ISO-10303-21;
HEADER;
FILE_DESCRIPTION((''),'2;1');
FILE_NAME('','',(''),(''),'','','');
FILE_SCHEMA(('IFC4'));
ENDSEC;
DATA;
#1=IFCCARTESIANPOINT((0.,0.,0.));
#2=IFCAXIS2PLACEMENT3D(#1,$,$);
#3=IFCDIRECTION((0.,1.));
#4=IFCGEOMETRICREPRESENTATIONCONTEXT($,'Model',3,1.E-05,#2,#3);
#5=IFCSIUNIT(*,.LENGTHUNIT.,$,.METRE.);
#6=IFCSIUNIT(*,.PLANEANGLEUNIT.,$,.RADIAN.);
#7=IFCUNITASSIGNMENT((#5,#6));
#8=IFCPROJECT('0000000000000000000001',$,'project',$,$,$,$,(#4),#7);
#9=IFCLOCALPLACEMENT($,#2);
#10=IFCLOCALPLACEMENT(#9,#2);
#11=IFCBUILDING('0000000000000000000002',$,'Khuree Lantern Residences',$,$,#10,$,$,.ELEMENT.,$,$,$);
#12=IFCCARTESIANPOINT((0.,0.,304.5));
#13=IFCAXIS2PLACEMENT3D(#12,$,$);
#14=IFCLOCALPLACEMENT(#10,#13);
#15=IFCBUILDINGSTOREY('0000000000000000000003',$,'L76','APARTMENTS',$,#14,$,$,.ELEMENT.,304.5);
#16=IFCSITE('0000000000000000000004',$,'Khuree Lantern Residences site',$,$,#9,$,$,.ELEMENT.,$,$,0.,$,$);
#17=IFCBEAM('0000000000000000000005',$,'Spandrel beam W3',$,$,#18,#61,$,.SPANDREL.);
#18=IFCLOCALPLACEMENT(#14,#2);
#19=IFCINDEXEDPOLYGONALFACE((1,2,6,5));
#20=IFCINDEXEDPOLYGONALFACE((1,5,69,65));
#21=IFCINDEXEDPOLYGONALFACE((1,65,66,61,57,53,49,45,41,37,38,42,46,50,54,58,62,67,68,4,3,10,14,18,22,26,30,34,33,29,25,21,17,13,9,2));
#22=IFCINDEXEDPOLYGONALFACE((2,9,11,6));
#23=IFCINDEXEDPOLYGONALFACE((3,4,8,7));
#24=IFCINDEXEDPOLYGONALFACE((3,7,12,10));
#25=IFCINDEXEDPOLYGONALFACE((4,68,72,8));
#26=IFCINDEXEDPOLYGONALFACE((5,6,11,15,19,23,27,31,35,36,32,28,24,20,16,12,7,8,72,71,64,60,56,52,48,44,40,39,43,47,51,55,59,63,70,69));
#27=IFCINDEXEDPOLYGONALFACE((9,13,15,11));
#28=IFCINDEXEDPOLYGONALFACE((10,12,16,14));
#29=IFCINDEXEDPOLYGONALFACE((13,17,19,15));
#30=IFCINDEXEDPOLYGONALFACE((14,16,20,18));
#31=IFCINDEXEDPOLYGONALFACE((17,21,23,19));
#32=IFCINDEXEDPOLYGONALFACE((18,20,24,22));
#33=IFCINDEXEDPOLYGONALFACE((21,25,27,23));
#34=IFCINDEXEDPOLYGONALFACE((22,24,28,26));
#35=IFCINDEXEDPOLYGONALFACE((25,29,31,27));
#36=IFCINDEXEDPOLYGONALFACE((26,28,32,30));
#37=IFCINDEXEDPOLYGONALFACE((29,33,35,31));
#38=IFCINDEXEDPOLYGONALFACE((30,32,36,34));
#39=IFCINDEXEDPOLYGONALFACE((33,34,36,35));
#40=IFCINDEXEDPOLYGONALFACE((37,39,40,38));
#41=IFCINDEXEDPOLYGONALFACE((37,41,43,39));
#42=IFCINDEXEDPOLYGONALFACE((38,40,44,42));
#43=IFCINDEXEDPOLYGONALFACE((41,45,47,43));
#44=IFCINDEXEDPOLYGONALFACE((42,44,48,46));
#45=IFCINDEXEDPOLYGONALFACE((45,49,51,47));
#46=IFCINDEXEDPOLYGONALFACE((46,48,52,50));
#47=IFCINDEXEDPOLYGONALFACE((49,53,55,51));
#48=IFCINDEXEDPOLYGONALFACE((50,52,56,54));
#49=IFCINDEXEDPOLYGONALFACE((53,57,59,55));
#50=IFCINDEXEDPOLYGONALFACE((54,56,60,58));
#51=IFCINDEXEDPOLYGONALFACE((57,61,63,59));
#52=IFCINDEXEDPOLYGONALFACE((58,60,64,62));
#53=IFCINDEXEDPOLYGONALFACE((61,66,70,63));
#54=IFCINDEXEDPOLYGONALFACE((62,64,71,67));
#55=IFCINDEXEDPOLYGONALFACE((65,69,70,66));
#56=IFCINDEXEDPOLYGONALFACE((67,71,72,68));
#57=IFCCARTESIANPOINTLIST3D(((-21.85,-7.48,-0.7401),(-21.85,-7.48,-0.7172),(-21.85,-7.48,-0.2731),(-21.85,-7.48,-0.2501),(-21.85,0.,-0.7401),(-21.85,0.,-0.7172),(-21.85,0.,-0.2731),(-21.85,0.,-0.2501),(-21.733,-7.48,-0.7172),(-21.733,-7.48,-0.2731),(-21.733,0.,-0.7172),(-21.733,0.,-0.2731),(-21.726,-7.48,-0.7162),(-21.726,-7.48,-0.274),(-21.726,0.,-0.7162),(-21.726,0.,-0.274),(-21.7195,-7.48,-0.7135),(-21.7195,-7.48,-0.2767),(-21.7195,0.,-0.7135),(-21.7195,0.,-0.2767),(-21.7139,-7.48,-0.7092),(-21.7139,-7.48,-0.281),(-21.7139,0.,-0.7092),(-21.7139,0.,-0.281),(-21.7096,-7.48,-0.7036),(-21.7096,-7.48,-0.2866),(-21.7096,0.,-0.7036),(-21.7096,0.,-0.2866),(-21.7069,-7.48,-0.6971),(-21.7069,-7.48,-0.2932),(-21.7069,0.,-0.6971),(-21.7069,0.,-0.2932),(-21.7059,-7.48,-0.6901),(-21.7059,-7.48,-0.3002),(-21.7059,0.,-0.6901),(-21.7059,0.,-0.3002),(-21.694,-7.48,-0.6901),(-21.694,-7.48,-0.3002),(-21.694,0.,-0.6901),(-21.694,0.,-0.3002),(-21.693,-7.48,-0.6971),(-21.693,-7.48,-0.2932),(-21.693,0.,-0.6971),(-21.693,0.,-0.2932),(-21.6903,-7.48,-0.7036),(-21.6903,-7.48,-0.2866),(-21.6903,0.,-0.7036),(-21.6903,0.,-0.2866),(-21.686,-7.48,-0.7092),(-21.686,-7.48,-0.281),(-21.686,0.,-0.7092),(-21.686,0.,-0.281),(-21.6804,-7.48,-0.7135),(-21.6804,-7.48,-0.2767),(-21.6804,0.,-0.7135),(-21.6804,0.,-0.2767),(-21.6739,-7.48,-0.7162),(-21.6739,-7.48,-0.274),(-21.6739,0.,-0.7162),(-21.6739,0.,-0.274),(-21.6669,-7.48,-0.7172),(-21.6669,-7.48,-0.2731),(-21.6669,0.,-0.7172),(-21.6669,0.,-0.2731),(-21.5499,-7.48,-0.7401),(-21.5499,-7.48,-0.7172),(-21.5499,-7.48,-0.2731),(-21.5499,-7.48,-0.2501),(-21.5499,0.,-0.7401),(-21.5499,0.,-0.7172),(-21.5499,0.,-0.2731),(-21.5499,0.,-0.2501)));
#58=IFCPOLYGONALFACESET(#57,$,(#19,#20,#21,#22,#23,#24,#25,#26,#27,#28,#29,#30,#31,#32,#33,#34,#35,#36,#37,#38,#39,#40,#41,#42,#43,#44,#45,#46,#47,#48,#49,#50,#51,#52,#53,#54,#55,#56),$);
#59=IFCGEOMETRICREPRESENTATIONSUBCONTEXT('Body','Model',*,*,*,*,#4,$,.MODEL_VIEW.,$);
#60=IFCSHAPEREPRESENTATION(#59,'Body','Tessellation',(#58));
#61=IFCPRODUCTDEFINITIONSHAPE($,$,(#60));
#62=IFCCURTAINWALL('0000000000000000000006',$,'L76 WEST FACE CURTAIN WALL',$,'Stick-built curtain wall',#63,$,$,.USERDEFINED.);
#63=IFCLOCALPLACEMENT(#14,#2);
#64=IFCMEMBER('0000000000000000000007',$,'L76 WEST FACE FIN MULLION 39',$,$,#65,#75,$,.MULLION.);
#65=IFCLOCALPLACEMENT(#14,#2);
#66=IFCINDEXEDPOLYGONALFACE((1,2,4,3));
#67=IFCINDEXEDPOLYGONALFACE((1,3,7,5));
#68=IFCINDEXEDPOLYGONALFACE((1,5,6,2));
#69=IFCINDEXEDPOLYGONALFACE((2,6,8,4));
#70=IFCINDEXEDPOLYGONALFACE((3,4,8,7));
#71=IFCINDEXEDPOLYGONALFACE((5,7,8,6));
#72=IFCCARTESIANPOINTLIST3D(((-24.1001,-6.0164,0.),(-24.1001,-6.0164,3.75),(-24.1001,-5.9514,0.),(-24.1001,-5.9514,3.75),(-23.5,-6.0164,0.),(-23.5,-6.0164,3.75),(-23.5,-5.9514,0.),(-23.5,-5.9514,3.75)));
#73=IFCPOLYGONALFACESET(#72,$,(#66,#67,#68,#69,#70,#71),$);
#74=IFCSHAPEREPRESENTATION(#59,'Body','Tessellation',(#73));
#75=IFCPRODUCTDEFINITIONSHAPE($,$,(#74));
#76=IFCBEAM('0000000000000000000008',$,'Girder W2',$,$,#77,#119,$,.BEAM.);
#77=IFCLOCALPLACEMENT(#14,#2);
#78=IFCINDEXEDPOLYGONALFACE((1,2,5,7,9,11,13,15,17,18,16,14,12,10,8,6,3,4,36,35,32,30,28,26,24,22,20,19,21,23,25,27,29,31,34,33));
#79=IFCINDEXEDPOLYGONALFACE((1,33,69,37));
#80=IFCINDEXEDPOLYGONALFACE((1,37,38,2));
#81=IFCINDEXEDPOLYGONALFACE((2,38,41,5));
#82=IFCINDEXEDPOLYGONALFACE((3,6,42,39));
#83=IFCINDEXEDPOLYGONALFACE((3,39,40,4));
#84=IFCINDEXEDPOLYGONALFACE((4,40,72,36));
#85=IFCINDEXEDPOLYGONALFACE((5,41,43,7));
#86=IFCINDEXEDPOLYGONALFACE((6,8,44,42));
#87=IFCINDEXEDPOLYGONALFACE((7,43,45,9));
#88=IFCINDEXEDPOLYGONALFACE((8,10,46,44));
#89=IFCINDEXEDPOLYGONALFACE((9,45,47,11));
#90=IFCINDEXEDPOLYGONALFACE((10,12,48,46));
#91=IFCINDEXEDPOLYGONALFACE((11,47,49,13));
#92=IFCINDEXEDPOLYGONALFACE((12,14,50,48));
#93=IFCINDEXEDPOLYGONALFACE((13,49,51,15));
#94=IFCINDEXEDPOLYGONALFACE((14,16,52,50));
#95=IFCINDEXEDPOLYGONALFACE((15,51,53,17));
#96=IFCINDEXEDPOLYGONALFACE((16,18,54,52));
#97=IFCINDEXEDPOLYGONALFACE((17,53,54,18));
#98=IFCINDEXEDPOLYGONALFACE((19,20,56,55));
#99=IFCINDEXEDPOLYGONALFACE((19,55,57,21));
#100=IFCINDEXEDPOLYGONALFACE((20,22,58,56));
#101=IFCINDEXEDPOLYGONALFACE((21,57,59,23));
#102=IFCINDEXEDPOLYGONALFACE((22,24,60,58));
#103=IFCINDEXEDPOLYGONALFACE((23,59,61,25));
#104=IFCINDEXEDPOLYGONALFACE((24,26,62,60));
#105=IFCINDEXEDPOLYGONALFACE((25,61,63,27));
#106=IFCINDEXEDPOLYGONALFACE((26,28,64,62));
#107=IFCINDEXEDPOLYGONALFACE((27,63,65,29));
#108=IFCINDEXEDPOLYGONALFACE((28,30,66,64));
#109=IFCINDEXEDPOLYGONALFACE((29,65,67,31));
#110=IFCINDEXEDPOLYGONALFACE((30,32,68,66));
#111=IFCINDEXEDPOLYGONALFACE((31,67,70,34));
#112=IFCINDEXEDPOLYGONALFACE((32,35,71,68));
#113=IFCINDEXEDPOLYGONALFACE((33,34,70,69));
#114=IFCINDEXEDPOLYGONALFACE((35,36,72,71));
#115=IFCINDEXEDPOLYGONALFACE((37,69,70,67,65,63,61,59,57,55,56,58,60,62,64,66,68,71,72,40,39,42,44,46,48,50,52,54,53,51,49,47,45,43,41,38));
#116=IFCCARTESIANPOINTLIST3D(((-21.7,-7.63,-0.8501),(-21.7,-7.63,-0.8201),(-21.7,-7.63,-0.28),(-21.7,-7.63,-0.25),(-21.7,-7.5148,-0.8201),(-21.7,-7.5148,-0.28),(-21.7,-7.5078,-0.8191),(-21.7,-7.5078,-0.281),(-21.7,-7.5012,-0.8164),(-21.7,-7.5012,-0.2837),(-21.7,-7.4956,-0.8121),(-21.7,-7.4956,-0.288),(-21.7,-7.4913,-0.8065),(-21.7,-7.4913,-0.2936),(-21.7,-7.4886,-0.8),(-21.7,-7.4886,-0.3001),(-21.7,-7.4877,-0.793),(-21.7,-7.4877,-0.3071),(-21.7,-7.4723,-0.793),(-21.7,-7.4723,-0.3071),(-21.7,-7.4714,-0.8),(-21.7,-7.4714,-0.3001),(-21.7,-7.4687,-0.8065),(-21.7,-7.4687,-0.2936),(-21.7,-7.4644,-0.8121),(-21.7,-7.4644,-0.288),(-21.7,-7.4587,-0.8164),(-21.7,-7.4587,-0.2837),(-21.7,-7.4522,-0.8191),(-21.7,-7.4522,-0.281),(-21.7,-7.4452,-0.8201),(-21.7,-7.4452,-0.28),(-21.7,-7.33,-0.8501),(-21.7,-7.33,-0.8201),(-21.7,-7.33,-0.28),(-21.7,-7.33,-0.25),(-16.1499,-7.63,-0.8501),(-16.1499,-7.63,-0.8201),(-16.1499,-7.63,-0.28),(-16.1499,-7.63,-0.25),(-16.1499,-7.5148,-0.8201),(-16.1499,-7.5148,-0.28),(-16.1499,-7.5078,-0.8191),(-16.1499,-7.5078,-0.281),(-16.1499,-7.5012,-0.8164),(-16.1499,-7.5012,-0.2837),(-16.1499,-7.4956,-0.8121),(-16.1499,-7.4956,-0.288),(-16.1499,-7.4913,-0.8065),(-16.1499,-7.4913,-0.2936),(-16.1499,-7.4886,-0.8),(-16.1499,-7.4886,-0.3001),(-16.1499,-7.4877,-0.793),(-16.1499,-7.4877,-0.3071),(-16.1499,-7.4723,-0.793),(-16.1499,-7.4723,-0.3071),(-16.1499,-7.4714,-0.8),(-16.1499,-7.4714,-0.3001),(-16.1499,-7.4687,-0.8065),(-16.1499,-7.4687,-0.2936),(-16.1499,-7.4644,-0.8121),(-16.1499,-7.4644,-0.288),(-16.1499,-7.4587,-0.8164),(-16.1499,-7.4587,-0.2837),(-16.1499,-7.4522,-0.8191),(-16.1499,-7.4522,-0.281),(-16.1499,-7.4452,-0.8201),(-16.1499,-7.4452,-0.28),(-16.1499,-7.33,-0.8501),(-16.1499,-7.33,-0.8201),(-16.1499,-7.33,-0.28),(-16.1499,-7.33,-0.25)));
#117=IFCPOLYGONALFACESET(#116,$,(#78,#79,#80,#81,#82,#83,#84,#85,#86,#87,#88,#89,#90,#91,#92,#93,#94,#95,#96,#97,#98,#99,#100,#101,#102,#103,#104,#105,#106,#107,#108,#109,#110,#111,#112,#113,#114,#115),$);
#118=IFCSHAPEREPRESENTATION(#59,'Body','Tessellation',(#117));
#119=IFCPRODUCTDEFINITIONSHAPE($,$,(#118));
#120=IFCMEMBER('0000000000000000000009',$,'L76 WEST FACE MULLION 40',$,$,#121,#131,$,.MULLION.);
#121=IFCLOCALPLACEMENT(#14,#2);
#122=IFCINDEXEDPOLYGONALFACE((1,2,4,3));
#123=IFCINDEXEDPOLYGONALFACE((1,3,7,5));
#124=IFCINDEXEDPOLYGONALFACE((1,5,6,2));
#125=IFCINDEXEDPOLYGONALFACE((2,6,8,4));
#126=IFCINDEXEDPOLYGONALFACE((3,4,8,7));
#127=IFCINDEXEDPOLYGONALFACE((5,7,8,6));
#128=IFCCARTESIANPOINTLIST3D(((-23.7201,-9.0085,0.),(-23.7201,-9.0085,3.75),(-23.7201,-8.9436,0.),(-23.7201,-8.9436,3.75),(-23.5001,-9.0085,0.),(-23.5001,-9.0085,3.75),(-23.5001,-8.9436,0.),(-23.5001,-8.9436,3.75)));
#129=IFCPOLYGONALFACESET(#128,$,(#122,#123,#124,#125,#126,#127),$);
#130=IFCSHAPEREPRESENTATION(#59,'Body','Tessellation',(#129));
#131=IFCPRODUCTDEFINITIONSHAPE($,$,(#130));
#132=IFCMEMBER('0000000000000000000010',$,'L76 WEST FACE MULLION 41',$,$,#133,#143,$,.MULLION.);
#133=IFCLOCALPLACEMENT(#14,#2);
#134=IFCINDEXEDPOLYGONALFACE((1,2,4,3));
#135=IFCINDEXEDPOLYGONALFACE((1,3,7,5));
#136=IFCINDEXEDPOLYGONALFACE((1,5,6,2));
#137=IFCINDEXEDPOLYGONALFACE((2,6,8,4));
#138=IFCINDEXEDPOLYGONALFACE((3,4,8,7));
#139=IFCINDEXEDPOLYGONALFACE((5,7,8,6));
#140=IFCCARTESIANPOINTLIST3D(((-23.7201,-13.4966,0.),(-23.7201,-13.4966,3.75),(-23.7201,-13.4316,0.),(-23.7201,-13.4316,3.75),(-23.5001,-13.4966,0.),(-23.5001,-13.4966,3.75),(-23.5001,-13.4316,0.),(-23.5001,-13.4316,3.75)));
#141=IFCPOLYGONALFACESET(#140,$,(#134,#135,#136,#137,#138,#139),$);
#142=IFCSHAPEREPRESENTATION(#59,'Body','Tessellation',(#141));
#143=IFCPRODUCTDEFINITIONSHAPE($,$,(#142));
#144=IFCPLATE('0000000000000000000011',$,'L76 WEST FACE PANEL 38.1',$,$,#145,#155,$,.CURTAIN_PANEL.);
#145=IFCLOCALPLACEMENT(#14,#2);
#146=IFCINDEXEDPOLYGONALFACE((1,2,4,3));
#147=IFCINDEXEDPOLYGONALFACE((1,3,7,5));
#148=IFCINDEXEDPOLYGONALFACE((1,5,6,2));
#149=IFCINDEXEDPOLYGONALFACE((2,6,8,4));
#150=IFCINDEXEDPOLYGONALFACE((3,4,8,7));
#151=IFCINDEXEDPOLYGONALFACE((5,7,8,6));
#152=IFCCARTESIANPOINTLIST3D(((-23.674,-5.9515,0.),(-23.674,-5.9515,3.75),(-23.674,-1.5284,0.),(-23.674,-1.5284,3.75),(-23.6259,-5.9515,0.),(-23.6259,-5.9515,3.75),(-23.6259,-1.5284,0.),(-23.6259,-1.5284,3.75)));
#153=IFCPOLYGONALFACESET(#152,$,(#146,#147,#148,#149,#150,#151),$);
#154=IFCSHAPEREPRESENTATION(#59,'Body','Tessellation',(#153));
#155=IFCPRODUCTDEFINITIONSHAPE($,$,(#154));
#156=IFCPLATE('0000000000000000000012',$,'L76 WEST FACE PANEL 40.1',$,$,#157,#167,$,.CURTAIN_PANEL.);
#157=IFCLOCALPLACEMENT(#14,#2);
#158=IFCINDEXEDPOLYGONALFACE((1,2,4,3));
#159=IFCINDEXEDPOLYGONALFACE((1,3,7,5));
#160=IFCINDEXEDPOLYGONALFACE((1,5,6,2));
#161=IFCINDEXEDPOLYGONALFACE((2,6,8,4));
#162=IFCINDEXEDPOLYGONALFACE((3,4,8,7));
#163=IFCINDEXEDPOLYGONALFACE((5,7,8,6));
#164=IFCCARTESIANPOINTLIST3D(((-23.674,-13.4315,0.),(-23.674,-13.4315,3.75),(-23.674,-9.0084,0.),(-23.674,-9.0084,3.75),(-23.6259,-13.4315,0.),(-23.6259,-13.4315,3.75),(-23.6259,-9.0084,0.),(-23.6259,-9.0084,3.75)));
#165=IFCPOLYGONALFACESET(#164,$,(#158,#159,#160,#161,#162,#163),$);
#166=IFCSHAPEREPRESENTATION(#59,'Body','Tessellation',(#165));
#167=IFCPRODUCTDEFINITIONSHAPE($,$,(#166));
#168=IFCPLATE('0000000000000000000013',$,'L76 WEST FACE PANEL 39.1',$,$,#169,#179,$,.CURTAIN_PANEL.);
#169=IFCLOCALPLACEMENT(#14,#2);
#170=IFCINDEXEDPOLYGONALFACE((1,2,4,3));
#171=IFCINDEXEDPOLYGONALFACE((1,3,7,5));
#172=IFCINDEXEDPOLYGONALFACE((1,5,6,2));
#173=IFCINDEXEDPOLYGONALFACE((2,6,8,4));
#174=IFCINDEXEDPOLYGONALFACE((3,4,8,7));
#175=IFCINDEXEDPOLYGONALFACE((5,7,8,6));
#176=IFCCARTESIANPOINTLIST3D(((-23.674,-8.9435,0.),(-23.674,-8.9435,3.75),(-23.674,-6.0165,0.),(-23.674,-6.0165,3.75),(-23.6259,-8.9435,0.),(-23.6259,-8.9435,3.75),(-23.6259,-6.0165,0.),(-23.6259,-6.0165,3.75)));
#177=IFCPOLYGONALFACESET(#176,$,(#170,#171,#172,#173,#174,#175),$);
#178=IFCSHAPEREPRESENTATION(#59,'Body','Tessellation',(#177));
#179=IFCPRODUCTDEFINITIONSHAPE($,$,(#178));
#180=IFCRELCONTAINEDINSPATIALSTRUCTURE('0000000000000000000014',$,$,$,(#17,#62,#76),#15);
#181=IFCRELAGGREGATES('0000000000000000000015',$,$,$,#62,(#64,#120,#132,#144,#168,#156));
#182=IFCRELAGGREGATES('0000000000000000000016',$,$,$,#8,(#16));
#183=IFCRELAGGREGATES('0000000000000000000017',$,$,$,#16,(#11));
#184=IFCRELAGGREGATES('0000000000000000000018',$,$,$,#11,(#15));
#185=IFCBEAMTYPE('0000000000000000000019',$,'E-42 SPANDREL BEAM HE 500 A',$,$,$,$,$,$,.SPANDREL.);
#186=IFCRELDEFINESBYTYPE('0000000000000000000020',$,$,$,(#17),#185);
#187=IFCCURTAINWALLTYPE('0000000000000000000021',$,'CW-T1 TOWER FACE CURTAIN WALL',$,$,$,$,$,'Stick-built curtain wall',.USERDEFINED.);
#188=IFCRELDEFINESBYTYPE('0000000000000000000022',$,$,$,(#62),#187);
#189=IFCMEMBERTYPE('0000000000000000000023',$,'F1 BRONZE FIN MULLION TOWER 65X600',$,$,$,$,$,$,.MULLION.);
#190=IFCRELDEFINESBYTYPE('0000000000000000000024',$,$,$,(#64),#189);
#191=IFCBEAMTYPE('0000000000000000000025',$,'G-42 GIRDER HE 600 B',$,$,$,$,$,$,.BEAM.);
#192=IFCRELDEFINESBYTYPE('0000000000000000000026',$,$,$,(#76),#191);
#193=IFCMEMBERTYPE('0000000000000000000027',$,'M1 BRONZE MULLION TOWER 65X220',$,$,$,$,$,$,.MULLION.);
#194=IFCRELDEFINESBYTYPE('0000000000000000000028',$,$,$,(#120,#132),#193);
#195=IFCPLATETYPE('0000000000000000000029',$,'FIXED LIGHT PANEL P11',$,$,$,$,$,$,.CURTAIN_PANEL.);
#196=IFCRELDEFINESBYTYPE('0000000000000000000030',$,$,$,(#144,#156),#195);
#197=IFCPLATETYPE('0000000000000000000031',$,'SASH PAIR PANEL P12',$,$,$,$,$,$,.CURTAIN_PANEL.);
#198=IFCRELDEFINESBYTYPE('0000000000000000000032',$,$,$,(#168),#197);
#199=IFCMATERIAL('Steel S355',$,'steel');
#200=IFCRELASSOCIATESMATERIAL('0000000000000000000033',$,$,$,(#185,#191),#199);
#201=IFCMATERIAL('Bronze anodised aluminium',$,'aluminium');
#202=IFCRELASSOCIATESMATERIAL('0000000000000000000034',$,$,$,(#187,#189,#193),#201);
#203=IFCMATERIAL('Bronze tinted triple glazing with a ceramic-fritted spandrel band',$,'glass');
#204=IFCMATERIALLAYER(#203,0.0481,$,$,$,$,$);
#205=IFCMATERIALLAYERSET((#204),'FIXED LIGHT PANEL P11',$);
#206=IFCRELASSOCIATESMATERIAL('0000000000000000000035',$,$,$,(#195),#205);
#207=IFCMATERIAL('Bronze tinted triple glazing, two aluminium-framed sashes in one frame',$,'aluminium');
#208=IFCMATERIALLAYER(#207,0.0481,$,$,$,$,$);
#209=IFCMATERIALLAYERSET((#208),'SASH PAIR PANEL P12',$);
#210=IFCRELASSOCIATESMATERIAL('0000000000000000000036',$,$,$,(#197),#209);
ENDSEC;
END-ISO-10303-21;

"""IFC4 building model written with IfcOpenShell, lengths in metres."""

from ifc_helpers import new_model, si_unit, direction, frame, origin, origin_2d, place, context, subcontext, project, spatial, rectangle, i_section, extrude, material, layer, layer_set, material_profile, profile_set, type_object, element, aggregate, save


model = new_model("IFC4")

# Units and contexts
model_context = context("Model", 3, precision=1e-05, world=origin(), true_north=direction((0.0, 1.0)))
body_context = subcontext(model_context, "Body", "Model", "MODEL_VIEW")
ifc_project = project(units=[si_unit("LENGTHUNIT", "METRE"), si_unit("PLANEANGLEUNIT", "RADIAN")], contexts=[model_context])

# Site, building, storey
site_placement = place(None, origin())
site = spatial("IfcSite", under=ifc_project, at=site_placement, Name="Khuree Lantern Residences site", CompositionType="ELEMENT", RefElevation=0.0)
building_placement = place(site_placement, origin())
building = spatial("IfcBuilding", under=site, at=building_placement, Name="Khuree Lantern Residences", CompositionType="ELEMENT")
storey_placement = place(building_placement, frame((0.0, 0.0, 304.5)))
storey = spatial("IfcBuildingStorey", under=building, at=storey_placement, Name="L76", Description="APARTMENTS", CompositionType="ELEMENT", Elevation=304.5)

# Beam
ifc_material_1 = material(Name="Steel S355", Category="steel")
ifc_material_profile_1 = material_profile(ifc_material_1, i_section(OverallWidth=0.3, OverallDepth=0.49, WebThickness=0.012, FlangeThickness=0.0229, FilletRadius=0.0271, at=origin_2d()), Name="HE 500 A")
ifc_profile_set_1 = profile_set([ifc_material_profile_1], Name="Steel S355")
beam_type_1 = type_object("IfcBeamType", Name="E-42 SPANDREL BEAM HE 500 A", PredefinedType="SPANDREL", material=ifc_profile_set_1)
for number, where, z_axis, x_axis, name in (
    (1, (-21.7, -7.48, -0.4951), (0.0, 1.0, 0.0), (-1.0, 0.0, 0.0), "Spandrel beam W3"),
):
    element("IfcBeam", number, at=place(storey_placement, frame(where, z_axis=z_axis, x_axis=x_axis)), inside=storey, type_object=beam_type_1, Name=name, PredefinedType="SPANDREL", context=body_context, shape_type="SweptSolid", body=[
        extrude(i_section(OverallWidth=0.3, OverallDepth=0.49, WebThickness=0.012, FlangeThickness=0.0229, FilletRadius=0.0271, at=origin_2d()), origin(), (0.0, 0.0, 1.0), 7.48),
    ])

# Curtain wall, member
ifc_material_2 = material(Name="Bronze anodised aluminium", Category="aluminium")
curtain_wall_type = type_object("IfcCurtainWallType", Name="CW-T1 TOWER FACE CURTAIN WALL", ElementType="Stick-built curtain wall", PredefinedType="USERDEFINED", material=ifc_material_2)
curtain_wall_placement = place(storey_placement, origin())
curtain_wall = element("IfcCurtainWall", 2, at=curtain_wall_placement, inside=storey, type_object=curtain_wall_type, Name="L76 WEST FACE CURTAIN WALL", ObjectType="Stick-built curtain wall", PredefinedType="USERDEFINED")
ifc_material_profile_2 = material_profile(ifc_material_2, rectangle(XDim=0.0649, YDim=0.6001, at=origin_2d()), Name="F1 65X600")
ifc_profile_set_2 = profile_set([ifc_material_profile_2], Name="Bronze anodised aluminium")
member_type_1 = type_object("IfcMemberType", Name="F1 BRONZE FIN MULLION TOWER 65X600", PredefinedType="MULLION", material=ifc_profile_set_2)
member_1_placement = place(storey_placement, frame((-23.8, -5.9839, 0.0), z_axis=(0.0, 0.0, 1.0), x_axis=(0.0, -1.0, 0.0)))
member_1 = element("IfcMember", 3, at=member_1_placement, type_object=member_type_1, Name="L76 WEST FACE FIN MULLION 39", PredefinedType="MULLION", context=body_context, shape_type="SweptSolid", body=[
    extrude(rectangle(XDim=0.0649, YDim=0.6001, at=origin_2d()), origin(), (0.0, 0.0, 1.0), 3.75),
])

# Beam
ifc_material_profile_3 = material_profile(ifc_material_1, i_section(OverallWidth=0.3, OverallDepth=0.6001, WebThickness=0.0154, FlangeThickness=0.03, FilletRadius=0.0271, at=origin_2d()), Name="HE 600 B")
ifc_profile_set_3 = profile_set([ifc_material_profile_3], Name="Steel S355")
beam_type_2 = type_object("IfcBeamType", Name="G-42 GIRDER HE 600 B", PredefinedType="BEAM", material=ifc_profile_set_3)
beam_placement = place(storey_placement, frame((-21.7, -7.48, -0.55), z_axis=(1.0, 0.0, 0.0), x_axis=(0.0, 1.0, 0.0)))
element("IfcBeam", 4, at=beam_placement, inside=storey, type_object=beam_type_2, Name="Girder W2", PredefinedType="BEAM", context=body_context, shape_type="SweptSolid", body=[
    extrude(i_section(OverallWidth=0.3, OverallDepth=0.6001, WebThickness=0.0154, FlangeThickness=0.03, FilletRadius=0.0271, at=origin_2d()), origin(), (0.0, 0.0, 1.0), 5.55),
])

# Members
ifc_material_profile_4 = material_profile(ifc_material_2, rectangle(XDim=0.0649, YDim=0.22, at=origin_2d()), Name="M1 65X220")
ifc_profile_set_4 = profile_set([ifc_material_profile_4], Name="Bronze anodised aluminium")
member_type_2 = type_object("IfcMemberType", Name="M1 BRONZE MULLION TOWER 65X220", PredefinedType="MULLION", material=ifc_profile_set_4)
member_2_placement = place(storey_placement, frame((-23.6101, -8.9761, 0.0), z_axis=(0.0, 0.0, 1.0), x_axis=(0.0, -1.0, 0.0)))
member_2 = element("IfcMember", 5, at=member_2_placement, type_object=member_type_2, Name="L76 WEST FACE MULLION 40", PredefinedType="MULLION", context=body_context, shape_type="SweptSolid", body=[
    extrude(rectangle(XDim=0.0649, YDim=0.22, at=origin_2d()), origin(), (0.0, 0.0, 1.0), 3.75),
])
member_3_placement = place(storey_placement, frame((-23.6101, -13.4641, 0.0), z_axis=(0.0, 0.0, 1.0), x_axis=(0.0, -1.0, 0.0)))
member_3 = element("IfcMember", 6, at=member_3_placement, type_object=member_type_2, Name="L76 WEST FACE MULLION 41", PredefinedType="MULLION", context=body_context, shape_type="SweptSolid", body=[
    extrude(rectangle(XDim=0.0649, YDim=0.22, at=origin_2d()), origin(), (0.0, 0.0, 1.0), 3.75),
])

# Plates
ifc_material_3 = material(Name="Bronze tinted triple glazing with a ceramic-fritted spandrel band", Category="glass")
ifc_layer_1 = layer(ifc_material_3, 0.0481)
ifc_layer_set_1 = layer_set([ifc_layer_1], Name="FIXED LIGHT PANEL P11")
plate_type_1 = type_object("IfcPlateType", Name="FIXED LIGHT PANEL P11", PredefinedType="CURTAIN_PANEL", material=ifc_layer_set_1)
plate_1_placement = place(storey_placement, frame((-23.6499, -3.74, 0.0), z_axis=(0.0, 0.0, 1.0), x_axis=(0.0, -1.0, 0.0)))
plate_1 = element("IfcPlate", 7, at=plate_1_placement, type_object=plate_type_1, Name="L76 WEST FACE PANEL 38.1", PredefinedType="CURTAIN_PANEL", context=body_context, shape_type="SweptSolid", body=[
    extrude(rectangle(XDim=4.4231, YDim=0.0481, at=origin_2d()), origin(), (0.0, 0.0, 1.0), 3.75),
])
plate_2_placement = place(storey_placement, frame((-23.6499, -11.22, 0.0), z_axis=(0.0, 0.0, 1.0), x_axis=(0.0, -1.0, 0.0)))
plate_2 = element("IfcPlate", 8, at=plate_2_placement, type_object=plate_type_1, Name="L76 WEST FACE PANEL 40.1", PredefinedType="CURTAIN_PANEL", context=body_context, shape_type="SweptSolid", body=[
    extrude(rectangle(XDim=4.4231, YDim=0.0481, at=origin_2d()), origin(), (0.0, 0.0, 1.0), 3.75),
])
ifc_material_4 = material(Name="Bronze tinted triple glazing, two aluminium-framed sashes in one frame", Category="aluminium")
ifc_layer_2 = layer(ifc_material_4, 0.0481)
ifc_layer_set_2 = layer_set([ifc_layer_2], Name="SASH PAIR PANEL P12")
plate_type_2 = type_object("IfcPlateType", Name="SASH PAIR PANEL P12", PredefinedType="CURTAIN_PANEL", material=ifc_layer_set_2)
plate_3_placement = place(storey_placement, frame((-23.6499, -7.48, 0.0), z_axis=(0.0, 0.0, 1.0), x_axis=(0.0, -1.0, 0.0)))
plate_3 = element("IfcPlate", 9, at=plate_3_placement, type_object=plate_type_2, Name="L76 WEST FACE PANEL 39.1", PredefinedType="CURTAIN_PANEL", context=body_context, shape_type="SweptSolid", body=[
    extrude(rectangle(XDim=2.927, YDim=0.0481, at=origin_2d()), origin(), (0.0, 0.0, 1.0), 3.75),
])
aggregate(curtain_wall, [member_1, member_2, member_3, plate_1, plate_3, plate_2])

save(model, "model.ifc")
